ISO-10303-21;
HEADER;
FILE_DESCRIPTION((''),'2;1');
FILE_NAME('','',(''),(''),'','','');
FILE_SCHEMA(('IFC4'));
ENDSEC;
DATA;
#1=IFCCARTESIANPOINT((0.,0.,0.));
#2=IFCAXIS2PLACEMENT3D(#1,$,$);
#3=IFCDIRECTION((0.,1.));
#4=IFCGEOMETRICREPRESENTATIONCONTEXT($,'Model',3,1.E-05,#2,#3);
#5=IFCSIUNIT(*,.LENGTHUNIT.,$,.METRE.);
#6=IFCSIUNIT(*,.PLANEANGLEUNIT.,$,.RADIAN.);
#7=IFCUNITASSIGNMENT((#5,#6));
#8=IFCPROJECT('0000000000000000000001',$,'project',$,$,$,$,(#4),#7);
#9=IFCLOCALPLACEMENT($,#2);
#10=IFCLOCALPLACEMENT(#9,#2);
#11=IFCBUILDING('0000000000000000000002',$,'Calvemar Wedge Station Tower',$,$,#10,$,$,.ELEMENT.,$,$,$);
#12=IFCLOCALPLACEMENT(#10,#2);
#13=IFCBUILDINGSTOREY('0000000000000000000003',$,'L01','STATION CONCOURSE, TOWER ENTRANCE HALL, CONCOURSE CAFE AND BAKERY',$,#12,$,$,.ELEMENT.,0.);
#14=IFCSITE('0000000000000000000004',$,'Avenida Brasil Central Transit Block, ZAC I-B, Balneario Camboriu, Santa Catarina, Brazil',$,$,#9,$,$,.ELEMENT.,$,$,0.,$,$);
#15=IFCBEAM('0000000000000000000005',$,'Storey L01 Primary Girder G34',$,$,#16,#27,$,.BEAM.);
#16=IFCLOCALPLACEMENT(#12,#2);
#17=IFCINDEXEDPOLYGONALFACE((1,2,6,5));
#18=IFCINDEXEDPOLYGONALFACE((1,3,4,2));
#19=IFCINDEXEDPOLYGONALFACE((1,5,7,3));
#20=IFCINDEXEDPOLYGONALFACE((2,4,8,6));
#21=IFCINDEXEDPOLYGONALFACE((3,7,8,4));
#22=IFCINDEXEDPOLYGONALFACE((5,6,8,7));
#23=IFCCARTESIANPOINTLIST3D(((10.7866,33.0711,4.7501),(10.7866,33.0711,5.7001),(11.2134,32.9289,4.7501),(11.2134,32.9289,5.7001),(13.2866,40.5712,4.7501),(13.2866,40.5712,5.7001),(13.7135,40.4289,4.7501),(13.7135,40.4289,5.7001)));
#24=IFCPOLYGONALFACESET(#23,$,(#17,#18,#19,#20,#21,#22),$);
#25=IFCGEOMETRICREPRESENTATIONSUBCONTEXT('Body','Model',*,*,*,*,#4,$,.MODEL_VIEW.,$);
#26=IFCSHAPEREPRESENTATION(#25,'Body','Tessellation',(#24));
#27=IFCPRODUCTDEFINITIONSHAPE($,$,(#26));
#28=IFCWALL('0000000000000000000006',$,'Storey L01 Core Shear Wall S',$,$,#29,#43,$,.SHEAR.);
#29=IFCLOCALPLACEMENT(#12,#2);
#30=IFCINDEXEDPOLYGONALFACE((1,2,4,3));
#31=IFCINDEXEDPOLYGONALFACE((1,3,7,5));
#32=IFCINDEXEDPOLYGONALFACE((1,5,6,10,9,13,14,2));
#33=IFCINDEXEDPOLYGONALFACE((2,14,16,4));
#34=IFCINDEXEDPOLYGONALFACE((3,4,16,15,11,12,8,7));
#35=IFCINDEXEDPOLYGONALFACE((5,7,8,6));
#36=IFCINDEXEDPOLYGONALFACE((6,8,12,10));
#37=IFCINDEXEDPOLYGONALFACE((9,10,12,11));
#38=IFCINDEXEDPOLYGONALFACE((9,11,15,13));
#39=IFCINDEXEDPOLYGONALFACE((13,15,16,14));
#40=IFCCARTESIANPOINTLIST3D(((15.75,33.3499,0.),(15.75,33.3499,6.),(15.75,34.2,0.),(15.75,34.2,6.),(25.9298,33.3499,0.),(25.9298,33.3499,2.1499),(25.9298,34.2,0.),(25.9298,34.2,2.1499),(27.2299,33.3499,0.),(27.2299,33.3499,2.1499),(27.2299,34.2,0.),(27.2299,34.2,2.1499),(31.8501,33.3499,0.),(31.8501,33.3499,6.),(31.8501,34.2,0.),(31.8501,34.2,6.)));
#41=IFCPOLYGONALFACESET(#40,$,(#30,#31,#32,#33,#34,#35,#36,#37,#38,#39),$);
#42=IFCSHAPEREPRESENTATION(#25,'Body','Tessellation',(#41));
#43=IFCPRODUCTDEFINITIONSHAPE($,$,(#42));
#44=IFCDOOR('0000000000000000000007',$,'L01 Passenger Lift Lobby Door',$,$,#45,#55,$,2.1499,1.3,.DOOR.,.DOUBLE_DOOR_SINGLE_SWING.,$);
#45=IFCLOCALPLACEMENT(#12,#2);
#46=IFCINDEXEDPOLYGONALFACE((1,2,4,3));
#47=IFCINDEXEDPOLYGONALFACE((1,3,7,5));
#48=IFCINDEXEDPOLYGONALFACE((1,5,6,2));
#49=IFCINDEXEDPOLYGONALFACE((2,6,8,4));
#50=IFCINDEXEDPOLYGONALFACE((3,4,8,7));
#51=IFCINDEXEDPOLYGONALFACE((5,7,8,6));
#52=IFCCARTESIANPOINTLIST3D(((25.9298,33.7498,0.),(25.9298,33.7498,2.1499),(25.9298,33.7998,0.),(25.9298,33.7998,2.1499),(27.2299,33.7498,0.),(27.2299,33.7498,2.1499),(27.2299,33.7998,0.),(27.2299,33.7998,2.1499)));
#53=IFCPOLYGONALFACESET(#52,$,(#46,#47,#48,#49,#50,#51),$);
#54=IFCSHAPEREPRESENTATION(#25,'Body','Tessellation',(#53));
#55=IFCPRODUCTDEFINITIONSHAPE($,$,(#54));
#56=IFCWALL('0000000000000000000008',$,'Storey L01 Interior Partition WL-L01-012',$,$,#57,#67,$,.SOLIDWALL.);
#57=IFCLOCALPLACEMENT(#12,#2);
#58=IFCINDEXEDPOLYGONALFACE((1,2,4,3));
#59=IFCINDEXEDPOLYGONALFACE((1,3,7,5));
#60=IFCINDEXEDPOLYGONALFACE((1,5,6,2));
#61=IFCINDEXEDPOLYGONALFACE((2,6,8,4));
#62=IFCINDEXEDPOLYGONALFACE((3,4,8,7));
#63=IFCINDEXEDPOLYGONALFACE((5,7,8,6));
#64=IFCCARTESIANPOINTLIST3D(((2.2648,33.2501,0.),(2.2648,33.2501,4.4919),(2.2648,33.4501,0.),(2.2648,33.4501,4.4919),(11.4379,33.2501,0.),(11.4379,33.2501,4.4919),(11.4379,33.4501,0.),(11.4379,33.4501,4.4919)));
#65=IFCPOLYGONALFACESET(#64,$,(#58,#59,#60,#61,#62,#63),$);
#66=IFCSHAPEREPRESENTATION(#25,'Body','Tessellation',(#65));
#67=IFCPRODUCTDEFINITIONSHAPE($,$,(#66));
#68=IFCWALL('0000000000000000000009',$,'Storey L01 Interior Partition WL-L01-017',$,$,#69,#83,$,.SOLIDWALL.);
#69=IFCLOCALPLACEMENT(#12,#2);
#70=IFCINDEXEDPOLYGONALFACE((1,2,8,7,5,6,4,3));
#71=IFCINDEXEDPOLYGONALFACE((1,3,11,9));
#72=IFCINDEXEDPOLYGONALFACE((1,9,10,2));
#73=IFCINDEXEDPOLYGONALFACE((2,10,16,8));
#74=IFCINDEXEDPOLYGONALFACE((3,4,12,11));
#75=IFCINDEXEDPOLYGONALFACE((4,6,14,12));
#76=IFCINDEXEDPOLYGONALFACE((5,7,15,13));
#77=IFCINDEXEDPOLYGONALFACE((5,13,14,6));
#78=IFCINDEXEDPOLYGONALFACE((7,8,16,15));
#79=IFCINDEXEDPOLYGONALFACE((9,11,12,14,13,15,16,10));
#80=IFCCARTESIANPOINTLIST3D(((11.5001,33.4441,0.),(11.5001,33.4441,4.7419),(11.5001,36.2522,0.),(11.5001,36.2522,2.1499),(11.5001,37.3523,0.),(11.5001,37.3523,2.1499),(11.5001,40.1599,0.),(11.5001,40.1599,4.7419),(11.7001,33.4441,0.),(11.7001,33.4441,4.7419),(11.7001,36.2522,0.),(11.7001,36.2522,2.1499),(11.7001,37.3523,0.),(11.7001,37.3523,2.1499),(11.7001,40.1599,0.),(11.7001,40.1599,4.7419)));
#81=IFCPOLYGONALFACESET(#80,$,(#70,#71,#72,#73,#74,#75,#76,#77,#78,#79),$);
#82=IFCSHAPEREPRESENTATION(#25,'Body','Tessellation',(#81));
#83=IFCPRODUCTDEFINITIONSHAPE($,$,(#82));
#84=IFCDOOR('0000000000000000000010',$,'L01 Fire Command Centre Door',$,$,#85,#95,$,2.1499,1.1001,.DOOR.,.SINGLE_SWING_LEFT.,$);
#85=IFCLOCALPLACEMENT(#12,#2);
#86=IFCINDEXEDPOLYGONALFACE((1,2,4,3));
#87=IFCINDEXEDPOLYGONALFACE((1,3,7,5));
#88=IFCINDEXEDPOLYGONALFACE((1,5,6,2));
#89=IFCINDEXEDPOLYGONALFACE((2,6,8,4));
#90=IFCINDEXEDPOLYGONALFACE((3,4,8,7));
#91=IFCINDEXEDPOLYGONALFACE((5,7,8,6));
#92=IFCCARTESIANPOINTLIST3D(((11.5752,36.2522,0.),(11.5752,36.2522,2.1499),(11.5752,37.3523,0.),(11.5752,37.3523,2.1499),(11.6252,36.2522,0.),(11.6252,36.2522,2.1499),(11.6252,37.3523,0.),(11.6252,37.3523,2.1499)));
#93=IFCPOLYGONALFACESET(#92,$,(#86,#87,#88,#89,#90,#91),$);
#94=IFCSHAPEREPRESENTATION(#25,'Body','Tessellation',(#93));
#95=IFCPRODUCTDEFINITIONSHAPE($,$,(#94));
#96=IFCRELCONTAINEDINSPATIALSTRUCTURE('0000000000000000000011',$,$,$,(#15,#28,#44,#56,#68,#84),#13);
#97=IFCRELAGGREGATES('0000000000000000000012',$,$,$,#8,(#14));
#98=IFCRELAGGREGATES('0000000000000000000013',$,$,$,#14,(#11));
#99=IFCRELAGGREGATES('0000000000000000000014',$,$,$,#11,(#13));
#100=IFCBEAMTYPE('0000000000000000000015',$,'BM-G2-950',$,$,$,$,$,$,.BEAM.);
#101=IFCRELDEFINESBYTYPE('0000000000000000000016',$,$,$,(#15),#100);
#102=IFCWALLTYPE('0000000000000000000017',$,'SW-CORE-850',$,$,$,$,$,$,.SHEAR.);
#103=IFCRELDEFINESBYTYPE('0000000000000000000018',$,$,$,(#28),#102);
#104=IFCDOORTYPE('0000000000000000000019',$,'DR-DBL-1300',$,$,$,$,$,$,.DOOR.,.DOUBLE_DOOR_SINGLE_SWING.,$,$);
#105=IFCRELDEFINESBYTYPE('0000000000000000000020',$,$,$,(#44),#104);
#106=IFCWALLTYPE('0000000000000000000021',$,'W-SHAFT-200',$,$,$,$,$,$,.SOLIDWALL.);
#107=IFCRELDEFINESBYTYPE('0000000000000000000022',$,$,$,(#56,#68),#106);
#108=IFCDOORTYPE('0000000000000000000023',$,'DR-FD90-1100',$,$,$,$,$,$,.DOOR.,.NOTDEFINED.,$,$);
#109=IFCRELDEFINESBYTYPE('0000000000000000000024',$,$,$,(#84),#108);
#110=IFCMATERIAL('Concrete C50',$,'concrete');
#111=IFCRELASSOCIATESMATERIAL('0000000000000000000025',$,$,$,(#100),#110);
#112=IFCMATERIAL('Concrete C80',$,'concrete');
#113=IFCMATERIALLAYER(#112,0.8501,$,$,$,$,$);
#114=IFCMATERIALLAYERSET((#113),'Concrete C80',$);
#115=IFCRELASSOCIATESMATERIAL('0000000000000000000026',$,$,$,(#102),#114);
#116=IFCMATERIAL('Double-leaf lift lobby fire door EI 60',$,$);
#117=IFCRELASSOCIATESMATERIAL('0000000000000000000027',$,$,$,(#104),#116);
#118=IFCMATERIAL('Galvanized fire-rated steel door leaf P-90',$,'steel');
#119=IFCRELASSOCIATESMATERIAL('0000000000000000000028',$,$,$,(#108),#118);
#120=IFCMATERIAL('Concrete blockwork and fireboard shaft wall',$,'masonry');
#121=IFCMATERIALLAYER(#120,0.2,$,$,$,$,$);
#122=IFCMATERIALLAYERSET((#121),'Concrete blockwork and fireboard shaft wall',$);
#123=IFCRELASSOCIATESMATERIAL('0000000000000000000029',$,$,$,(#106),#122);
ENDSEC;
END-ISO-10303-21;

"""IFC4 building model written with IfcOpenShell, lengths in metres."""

from ifc_helpers import new_model, si_unit, direction, frame, frame_2d, origin, origin_2d, place, context, subcontext, project, spatial, rectangle, extrude, source, transform, mapped, material, layer, layer_set, material_profile, profile_set, type_object, element, fill, save


model = new_model("IFC4")

# Units and contexts
model_context = context("Model", 3, precision=1e-05, world=origin(), true_north=direction((0.0, 1.0)))
body_context = subcontext(model_context, "Body", "Model", "MODEL_VIEW")
ifc_project = project(units=[si_unit("LENGTHUNIT", "METRE"), si_unit("PLANEANGLEUNIT", "RADIAN")], contexts=[model_context])

# Site, building, storey
site_placement = place(None, origin())
site = spatial("IfcSite", under=ifc_project, at=site_placement, Name="Avenida Brasil Central Transit Block, ZAC I-B, Balneario Camboriu, Santa Catarina, Brazil", CompositionType="ELEMENT", RefElevation=0.0)
building_placement = place(site_placement, origin())
building = spatial("IfcBuilding", under=site, at=building_placement, Name="Calvemar Wedge Station Tower", CompositionType="ELEMENT")
storey_placement = place(building_placement, origin())
storey = spatial("IfcBuildingStorey", under=building, at=storey_placement, Name="L01", Description="STATION CONCOURSE, TOWER ENTRANCE HALL, CONCOURSE CAFE AND BAKERY", CompositionType="ELEMENT", Elevation=0.0)

# Shared definitions
ifc_material_1 = material(Name="Concrete C80", Category="concrete")

# Beam
ifc_material_2 = material(Name="Concrete C50", Category="concrete")
ifc_material_profile_1 = material_profile(ifc_material_2, rectangle(XDim=0.45, YDim=0.95, at=origin_2d()), Name="RC450x950")
ifc_profile_set_1 = profile_set([ifc_material_profile_1], Name="Concrete C50")
beam_type_1 = type_object("IfcBeamType", Name="BM-G2-950", PredefinedType="BEAM", material=ifc_profile_set_1)
shared_shape_1 = source(origin(), body_context, "Body", "SweptSolid", [
    extrude(rectangle(XDim=0.45, YDim=0.95, at=origin_2d()), origin(), (0.0, 0.0, 1.0), 7.9058),
])
beam_1_placement = place(storey_placement, frame((11.0, 33.0, 5.2251), z_axis=(0.316228, 0.948683, 0.0), x_axis=(-0.948683, 0.316228, 0.0)))
element("IfcBeam", 1, at=beam_1_placement, inside=storey, type_object=beam_type_1, Name="Storey L01 Primary Girder G34", PredefinedType="BEAM", context=body_context, shape_type="MappedRepresentation", body=[
    mapped(shared_shape_1, transform((0.0, 0.0, 0.0), scale=1.0)),
])

# Wall, opening, door
ifc_layer_1 = layer(ifc_material_1, 0.8501)
ifc_layer_set_1 = layer_set([ifc_layer_1], Name="Concrete C80")
wall_type_1 = type_object("IfcWallType", Name="SW-CORE-850", PredefinedType="SHEAR", material=ifc_layer_set_1)
wall_1_placement = place(storey_placement, frame((15.75, 33.7749, 0.0), z_axis=(0.0, 0.0, 1.0), x_axis=(1.0, 0.0, 0.0)))
wall_1 = element("IfcWall", 2, at=wall_1_placement, inside=storey, type_object=wall_type_1, Name="Storey L01 Core Shear Wall S", PredefinedType="SHEAR", context=body_context, shape_type="SweptSolid", body=[
    extrude(rectangle(XDim=16.1001, YDim=0.8501, at=frame_2d((8.05, 0.0))), origin(), (0.0, 0.0, 1.0), 6.0),
])
shared_shape_2 = source(origin(), body_context, "Body", "SweptSolid", [
    extrude(rectangle(XDim=1.3, YDim=2.1499, at=frame_2d((0.6499, 1.075))), frame((0.0, 0.4351, 0.0), z_axis=(0.0, -1.0, 0.0), x_axis=(1.0, 0.0, 0.0)), (0.0, 0.0, 1.0), 0.8701),
])
opening_1_placement = place(wall_1_placement, frame((10.1799, 0.0, 0.0)))
opening_1 = element("IfcOpeningElement", 3, at=opening_1_placement, cuts=wall_1, PredefinedType="OPENING", context=body_context, shape_type="MappedRepresentation", body=[
    mapped(shared_shape_2, transform((0.0, 0.0, 0.0), scale=1.0)),
])
ifc_material_3 = material(Name="Double-leaf lift lobby fire door EI 60")
door_type_1 = type_object("IfcDoorType", Name="DR-DBL-1300", OperationType="DOUBLE_DOOR_SINGLE_SWING", PredefinedType="DOOR", material=ifc_material_3)
shared_shape_3 = source(origin(), body_context, "Body", "SweptSolid", [
    extrude(rectangle(XDim=1.3, YDim=2.1499, at=frame_2d((0.6499, 1.075))), frame((0.0, 0.0249, 0.0), z_axis=(0.0, -1.0, 0.0), x_axis=(1.0, 0.0, 0.0)), (0.0, 0.0, 1.0), 0.05),
])
door_1_placement = place(opening_1_placement, origin())
door_1 = element("IfcDoor", 4, at=door_1_placement, inside=storey, type_object=door_type_1, Name="L01 Passenger Lift Lobby Door", OperationType="DOUBLE_DOOR_SINGLE_SWING", OverallHeight=2.1499, OverallWidth=1.3, PredefinedType="DOOR", context=body_context, shape_type="MappedRepresentation", body=[
    mapped(shared_shape_3, transform((0.0, 0.0, 0.0), scale=1.0)),
])
fill(opening_1, door_1)
ifc_material_4 = material(Name="Galvanized fire-rated steel door leaf P-90", Category="steel")
door_type_2 = type_object("IfcDoorType", Name="DR-FD90-1100", OperationType="NOTDEFINED", PredefinedType="DOOR", material=ifc_material_4)
shared_shape_4 = source(origin(), body_context, "Body", "SweptSolid", [
    extrude(rectangle(XDim=1.1001, YDim=2.1499, at=frame_2d((0.55, 1.075))), frame((0.0, 0.0249, 0.0), z_axis=(0.0, -1.0, 0.0), x_axis=(1.0, 0.0, 0.0)), (0.0, 0.0, 1.0), 0.05),
])

# Wall
ifc_material_5 = material(Name="Concrete blockwork and fireboard shaft wall", Category="masonry")
ifc_layer_2 = layer(ifc_material_5, 0.2)
ifc_layer_set_2 = layer_set([ifc_layer_2], Name="Concrete blockwork and fireboard shaft wall")
wall_type_2 = type_object("IfcWallType", Name="W-SHAFT-200", PredefinedType="SOLIDWALL", material=ifc_layer_set_2)
wall_2_placement = place(storey_placement, frame((2.2649, 33.3501, 0.0), z_axis=(0.0, 0.0, 1.0), x_axis=(1.0, 0.0, 0.0)))
element("IfcWall", 5, at=wall_2_placement, inside=storey, type_object=wall_type_2, Name="Storey L01 Interior Partition WL-L01-012", PredefinedType="SOLIDWALL", context=body_context, shape_type="SweptSolid", body=[
    extrude(rectangle(XDim=9.1731, YDim=0.2, at=frame_2d((4.5864, 0.0))), origin(), (0.0, 0.0, 1.0), 4.4919),
])

# Wall, opening, door
wall_3_placement = place(storey_placement, frame((11.6001, 33.4441, 0.0), z_axis=(0.0, 0.0, 1.0), x_axis=(0.0, 1.0, 0.0)))
wall_3 = element("IfcWall", 6, at=wall_3_placement, inside=storey, type_object=wall_type_2, Name="Storey L01 Interior Partition WL-L01-017", PredefinedType="SOLIDWALL", context=body_context, shape_type="SweptSolid", body=[
    extrude(rectangle(XDim=6.7158, YDim=0.2, at=frame_2d((3.3579, 0.0))), origin(), (0.0, 0.0, 1.0), 4.7419),
])
shared_shape_5 = source(origin(), body_context, "Body", "SweptSolid", [
    extrude(rectangle(XDim=1.1001, YDim=2.1499, at=frame_2d((0.55, 1.075))), frame((0.0, 0.1099, 0.0), z_axis=(0.0, -1.0, 0.0), x_axis=(1.0, 0.0, 0.0)), (0.0, 0.0, 1.0), 0.22),
])
opening_2_placement = place(wall_3_placement, frame((2.8081, 0.0, 0.0)))
opening_2 = element("IfcOpeningElement", 7, at=opening_2_placement, cuts=wall_3, PredefinedType="OPENING", context=body_context, shape_type="MappedRepresentation", body=[
    mapped(shared_shape_5, transform((0.0, 0.0, 0.0), scale=1.0)),
])
door_2_placement = place(opening_2_placement, origin())
door_2 = element("IfcDoor", 8, at=door_2_placement, inside=storey, type_object=door_type_2, Name="L01 Fire Command Centre Door", OperationType="SINGLE_SWING_LEFT", OverallHeight=2.1499, OverallWidth=1.1001, PredefinedType="DOOR", context=body_context, shape_type="MappedRepresentation", body=[
    mapped(shared_shape_4, transform((0.0, 0.0, 0.0), scale=1.0)),
])
fill(opening_2, door_2)

save(model, "model.ifc")
